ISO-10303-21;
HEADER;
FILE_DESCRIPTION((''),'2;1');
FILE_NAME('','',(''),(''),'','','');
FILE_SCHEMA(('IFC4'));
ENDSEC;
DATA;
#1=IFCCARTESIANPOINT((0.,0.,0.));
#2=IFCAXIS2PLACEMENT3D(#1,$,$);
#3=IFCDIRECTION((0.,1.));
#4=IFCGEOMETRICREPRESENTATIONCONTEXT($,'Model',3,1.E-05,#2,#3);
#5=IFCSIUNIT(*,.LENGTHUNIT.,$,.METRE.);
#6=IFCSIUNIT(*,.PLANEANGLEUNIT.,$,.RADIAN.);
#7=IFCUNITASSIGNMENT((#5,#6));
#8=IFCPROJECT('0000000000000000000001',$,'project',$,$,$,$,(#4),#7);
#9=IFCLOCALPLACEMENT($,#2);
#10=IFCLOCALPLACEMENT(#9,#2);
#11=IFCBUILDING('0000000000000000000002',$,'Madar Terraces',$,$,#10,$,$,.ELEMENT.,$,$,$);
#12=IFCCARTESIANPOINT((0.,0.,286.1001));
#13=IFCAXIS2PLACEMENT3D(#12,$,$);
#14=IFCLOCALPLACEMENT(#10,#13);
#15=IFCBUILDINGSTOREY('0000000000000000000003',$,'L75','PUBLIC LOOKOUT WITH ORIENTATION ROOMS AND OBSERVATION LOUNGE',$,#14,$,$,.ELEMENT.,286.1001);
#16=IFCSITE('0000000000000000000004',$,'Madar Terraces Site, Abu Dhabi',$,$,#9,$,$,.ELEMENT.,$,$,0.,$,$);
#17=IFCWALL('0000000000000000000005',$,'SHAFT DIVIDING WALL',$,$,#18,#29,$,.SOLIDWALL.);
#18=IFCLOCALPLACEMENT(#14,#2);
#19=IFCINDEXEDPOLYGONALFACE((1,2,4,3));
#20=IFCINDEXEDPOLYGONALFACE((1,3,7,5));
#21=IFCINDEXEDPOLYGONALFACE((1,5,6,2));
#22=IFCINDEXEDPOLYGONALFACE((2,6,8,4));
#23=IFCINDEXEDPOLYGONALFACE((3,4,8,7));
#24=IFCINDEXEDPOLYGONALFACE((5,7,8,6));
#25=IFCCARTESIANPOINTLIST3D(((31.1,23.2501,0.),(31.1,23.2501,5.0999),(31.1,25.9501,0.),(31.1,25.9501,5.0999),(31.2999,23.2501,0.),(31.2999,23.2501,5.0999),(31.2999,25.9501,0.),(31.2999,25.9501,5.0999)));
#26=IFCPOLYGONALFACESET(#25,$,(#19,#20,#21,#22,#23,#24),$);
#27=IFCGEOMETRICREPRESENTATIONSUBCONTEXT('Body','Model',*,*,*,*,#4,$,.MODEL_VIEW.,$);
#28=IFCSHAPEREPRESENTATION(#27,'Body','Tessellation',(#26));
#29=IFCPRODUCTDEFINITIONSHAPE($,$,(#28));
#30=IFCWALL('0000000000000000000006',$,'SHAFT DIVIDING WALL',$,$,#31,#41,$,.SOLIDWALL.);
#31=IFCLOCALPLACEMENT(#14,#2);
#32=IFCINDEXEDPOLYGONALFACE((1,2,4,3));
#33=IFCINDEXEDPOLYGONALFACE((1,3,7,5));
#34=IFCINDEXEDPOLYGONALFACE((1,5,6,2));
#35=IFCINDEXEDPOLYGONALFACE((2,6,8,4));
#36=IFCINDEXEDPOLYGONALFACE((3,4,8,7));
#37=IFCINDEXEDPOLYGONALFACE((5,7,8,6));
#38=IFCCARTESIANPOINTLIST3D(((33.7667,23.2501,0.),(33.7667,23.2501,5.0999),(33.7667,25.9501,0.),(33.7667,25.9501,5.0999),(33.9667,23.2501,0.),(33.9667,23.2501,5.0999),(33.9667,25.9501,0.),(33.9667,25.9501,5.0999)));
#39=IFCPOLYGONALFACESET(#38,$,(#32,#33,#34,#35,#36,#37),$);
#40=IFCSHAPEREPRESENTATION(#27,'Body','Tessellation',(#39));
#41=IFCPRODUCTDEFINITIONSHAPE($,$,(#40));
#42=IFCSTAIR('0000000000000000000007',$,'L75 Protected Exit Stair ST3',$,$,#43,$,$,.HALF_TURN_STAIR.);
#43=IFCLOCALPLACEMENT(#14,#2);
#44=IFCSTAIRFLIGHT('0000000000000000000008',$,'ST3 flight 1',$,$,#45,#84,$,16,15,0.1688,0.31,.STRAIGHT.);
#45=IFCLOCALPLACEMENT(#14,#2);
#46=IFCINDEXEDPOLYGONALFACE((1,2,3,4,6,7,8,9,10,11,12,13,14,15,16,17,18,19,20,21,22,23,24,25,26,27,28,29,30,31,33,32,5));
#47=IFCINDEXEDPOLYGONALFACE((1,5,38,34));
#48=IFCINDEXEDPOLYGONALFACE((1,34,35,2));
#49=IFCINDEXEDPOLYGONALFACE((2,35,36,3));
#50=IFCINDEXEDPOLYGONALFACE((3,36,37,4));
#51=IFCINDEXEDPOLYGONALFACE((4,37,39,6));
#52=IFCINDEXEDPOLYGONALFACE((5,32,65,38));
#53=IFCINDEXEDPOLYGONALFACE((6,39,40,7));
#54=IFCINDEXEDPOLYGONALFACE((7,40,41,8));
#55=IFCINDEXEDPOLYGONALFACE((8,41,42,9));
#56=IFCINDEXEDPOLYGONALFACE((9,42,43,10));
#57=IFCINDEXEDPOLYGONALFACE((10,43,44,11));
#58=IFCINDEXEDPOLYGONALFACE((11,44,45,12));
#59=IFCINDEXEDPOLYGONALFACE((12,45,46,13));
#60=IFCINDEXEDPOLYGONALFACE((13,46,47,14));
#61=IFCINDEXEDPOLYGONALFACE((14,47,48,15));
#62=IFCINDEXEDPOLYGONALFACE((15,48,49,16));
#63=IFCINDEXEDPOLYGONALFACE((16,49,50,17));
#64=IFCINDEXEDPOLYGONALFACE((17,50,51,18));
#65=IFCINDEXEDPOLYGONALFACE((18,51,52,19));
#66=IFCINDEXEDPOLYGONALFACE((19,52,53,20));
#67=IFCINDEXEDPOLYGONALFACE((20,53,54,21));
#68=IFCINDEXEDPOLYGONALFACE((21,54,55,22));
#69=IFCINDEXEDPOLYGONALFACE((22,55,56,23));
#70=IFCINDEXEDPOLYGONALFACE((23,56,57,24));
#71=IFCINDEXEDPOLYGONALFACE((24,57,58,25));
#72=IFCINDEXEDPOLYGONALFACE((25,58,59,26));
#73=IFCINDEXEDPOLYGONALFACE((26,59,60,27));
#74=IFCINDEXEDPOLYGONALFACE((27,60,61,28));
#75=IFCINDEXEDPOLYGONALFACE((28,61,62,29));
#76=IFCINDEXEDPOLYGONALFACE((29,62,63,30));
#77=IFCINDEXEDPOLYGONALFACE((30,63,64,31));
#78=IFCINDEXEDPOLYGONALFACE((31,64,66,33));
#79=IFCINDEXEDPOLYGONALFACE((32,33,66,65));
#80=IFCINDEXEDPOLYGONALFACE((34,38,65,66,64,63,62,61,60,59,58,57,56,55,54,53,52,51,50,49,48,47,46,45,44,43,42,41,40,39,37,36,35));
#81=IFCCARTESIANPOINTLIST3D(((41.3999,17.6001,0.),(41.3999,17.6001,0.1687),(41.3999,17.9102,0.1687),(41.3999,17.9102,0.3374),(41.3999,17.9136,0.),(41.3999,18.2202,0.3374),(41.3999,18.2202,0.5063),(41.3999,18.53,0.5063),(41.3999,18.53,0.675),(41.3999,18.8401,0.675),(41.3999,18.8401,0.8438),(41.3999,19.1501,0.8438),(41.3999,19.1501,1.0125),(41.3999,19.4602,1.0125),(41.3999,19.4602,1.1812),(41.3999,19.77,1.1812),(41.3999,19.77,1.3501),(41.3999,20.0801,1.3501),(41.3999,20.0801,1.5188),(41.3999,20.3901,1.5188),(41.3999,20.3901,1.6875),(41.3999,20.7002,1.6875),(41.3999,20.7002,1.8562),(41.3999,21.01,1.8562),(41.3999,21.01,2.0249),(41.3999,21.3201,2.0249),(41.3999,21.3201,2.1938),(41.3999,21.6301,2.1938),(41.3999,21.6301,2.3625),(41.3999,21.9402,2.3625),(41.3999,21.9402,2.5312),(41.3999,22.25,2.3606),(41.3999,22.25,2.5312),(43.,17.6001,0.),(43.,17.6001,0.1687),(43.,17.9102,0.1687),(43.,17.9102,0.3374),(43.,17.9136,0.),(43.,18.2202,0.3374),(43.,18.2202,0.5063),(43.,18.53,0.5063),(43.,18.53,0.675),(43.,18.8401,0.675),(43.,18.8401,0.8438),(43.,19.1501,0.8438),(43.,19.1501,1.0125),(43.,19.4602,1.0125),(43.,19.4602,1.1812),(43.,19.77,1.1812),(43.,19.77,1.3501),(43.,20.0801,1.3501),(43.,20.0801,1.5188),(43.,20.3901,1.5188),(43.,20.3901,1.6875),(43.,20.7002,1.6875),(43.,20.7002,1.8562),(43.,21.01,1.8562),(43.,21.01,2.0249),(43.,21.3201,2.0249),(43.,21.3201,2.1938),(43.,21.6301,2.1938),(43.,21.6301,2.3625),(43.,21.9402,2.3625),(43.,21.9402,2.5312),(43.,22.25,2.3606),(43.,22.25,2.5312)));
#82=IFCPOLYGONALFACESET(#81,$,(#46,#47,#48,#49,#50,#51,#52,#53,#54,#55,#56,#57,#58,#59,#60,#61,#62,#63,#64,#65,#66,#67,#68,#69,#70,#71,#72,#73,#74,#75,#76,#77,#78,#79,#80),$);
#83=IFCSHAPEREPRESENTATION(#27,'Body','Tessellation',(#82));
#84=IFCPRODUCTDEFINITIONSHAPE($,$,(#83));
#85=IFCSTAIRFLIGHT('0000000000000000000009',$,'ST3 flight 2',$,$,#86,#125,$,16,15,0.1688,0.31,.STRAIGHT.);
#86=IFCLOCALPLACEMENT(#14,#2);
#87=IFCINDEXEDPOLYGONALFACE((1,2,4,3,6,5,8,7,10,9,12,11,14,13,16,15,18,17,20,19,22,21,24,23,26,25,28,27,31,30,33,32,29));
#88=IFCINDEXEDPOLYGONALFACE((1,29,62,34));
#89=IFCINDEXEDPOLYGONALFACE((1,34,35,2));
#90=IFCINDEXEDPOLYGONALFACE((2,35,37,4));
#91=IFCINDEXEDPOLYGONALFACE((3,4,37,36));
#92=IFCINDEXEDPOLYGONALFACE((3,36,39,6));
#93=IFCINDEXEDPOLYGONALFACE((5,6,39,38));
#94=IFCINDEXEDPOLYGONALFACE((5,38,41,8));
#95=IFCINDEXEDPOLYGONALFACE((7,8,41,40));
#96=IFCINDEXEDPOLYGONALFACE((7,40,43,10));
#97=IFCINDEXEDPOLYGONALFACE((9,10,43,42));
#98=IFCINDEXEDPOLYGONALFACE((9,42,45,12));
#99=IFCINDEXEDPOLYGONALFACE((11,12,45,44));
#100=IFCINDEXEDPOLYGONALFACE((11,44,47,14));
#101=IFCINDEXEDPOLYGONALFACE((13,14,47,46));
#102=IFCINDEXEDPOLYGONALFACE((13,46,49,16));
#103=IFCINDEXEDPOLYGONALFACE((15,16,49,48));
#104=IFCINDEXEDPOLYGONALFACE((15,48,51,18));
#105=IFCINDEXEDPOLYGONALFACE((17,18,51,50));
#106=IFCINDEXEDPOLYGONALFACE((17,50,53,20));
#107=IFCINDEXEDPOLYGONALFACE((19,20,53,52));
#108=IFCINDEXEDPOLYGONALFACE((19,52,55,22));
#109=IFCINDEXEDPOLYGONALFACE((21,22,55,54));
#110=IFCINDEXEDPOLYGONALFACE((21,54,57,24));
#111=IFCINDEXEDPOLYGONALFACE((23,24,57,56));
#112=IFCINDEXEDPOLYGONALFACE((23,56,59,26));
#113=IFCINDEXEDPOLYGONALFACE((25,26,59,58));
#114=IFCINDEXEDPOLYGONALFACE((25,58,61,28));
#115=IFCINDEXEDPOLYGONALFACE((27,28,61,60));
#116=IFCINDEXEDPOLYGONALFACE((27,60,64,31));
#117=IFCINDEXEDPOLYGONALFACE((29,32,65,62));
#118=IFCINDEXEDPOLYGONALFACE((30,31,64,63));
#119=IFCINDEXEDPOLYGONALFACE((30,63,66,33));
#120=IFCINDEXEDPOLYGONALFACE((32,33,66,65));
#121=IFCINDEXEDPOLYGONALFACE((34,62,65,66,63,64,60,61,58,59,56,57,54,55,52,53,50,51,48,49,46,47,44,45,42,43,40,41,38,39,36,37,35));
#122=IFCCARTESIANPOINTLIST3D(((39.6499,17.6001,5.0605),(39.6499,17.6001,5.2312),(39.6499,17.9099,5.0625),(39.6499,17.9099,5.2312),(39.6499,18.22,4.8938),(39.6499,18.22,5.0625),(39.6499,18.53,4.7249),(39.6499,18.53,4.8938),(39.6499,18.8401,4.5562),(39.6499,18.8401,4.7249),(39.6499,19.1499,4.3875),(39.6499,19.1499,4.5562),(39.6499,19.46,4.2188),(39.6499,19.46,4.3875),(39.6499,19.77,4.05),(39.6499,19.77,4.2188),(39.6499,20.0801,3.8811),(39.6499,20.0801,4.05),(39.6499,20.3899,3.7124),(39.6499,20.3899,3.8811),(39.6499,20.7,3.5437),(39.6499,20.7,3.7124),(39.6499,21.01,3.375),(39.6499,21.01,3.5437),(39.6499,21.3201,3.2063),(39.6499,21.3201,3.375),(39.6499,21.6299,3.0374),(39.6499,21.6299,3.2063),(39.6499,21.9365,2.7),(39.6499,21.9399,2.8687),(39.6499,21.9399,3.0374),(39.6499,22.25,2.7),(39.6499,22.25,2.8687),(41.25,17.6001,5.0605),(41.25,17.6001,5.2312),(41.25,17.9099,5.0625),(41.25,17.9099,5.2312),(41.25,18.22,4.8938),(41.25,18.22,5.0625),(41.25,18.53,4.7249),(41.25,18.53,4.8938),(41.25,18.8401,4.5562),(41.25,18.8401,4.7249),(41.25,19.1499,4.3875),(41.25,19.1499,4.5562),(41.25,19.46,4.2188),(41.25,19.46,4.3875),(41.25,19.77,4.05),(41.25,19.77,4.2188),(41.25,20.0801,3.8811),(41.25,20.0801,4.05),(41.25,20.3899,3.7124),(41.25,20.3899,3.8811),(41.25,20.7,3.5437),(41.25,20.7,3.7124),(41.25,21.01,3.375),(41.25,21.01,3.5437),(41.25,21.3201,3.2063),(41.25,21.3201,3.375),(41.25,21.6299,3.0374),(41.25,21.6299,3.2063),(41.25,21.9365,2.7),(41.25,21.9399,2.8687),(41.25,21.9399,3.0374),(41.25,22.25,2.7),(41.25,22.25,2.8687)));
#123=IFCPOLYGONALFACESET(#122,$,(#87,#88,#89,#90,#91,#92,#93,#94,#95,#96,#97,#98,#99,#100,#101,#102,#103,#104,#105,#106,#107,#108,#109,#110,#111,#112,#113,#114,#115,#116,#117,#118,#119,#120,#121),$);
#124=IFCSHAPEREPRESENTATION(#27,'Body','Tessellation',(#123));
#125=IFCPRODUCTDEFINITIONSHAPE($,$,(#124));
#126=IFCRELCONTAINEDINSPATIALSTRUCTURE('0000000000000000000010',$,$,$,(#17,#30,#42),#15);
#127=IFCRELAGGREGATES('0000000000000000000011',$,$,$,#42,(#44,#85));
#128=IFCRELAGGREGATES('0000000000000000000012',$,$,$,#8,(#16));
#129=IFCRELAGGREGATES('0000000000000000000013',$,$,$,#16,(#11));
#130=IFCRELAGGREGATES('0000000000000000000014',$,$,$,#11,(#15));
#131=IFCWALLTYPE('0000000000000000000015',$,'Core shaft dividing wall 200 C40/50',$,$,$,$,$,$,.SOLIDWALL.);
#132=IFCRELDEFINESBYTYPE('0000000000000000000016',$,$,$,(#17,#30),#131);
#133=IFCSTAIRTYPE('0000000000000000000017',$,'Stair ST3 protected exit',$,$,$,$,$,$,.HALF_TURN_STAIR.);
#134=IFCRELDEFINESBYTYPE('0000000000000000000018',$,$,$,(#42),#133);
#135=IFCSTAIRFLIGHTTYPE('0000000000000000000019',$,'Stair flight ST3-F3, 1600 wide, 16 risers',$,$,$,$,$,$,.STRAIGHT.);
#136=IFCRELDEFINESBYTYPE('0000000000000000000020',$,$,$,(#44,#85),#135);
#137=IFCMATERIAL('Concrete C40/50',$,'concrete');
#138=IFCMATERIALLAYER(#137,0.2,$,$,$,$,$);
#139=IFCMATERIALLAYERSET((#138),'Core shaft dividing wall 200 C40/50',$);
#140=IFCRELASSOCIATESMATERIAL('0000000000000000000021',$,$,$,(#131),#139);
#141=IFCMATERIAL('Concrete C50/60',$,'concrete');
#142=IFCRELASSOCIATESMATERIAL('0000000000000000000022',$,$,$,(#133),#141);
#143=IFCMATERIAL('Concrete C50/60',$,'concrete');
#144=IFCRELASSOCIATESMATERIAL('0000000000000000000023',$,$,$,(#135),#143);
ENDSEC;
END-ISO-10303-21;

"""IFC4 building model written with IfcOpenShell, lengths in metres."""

from ifc_helpers import new_model, si_unit, direction, frame, frame_2d, origin, place, context, subcontext, project, spatial, polyline, rectangle, outline, extrude, material, layer, layer_set, type_object, element, aggregate, save


model = new_model("IFC4")

# Units and contexts
model_context = context("Model", 3, precision=1e-05, world=origin(), true_north=direction((0.0, 1.0)))
body_context = subcontext(model_context, "Body", "Model", "MODEL_VIEW")
ifc_project = project(units=[si_unit("LENGTHUNIT", "METRE"), si_unit("PLANEANGLEUNIT", "RADIAN")], contexts=[model_context])

# Site, building, storey
site_placement = place(None, origin())
site = spatial("IfcSite", under=ifc_project, at=site_placement, Name="Madar Terraces Site, Abu Dhabi", CompositionType="ELEMENT", RefElevation=0.0)
building_placement = place(site_placement, origin())
building = spatial("IfcBuilding", under=site, at=building_placement, Name="Madar Terraces", CompositionType="ELEMENT")
storey_placement = place(building_placement, frame((0.0, 0.0, 286.1001)))
storey = spatial("IfcBuildingStorey", under=building, at=storey_placement, Name="L75", Description="PUBLIC LOOKOUT WITH ORIENTATION ROOMS AND OBSERVATION LOUNGE", CompositionType="ELEMENT", Elevation=286.1001)

# Walls
ifc_material_1 = material(Name="Concrete C40/50", Category="concrete")
ifc_layer_1 = layer(ifc_material_1, 0.2)
ifc_layer_set_1 = layer_set([ifc_layer_1], Name="Core shaft dividing wall 200 C40/50")
wall_type_1 = type_object("IfcWallType", Name="Core shaft dividing wall 200 C40/50", PredefinedType="SOLIDWALL", material=ifc_layer_set_1)
for number, where, z_axis, x_axis, name in (
    (1, (31.2, 23.25, 0.0), (0.0, 0.0, 1.0), (0.0, 1.0, 0.0), "SHAFT DIVIDING WALL"),
    (2, (33.8667, 23.25, 0.0), (0.0, 0.0, 1.0), (0.0, 1.0, 0.0), "SHAFT DIVIDING WALL"),
):
    element("IfcWall", number, at=place(storey_placement, frame(where, z_axis=z_axis, x_axis=x_axis)), inside=storey, type_object=wall_type_1, Name=name, PredefinedType="SOLIDWALL", context=body_context, shape_type="SweptSolid", body=[
        extrude(rectangle(XDim=2.7, YDim=0.2, at=frame_2d((1.3501, 0.0))), origin(), (0.0, 0.0, 1.0), 5.0999),
    ])

# Stair, stair flights
ifc_material_2 = material(Name="Concrete C50/60", Category="concrete")
stair_type = type_object("IfcStairType", Name="Stair ST3 protected exit", PredefinedType="HALF_TURN_STAIR", material=ifc_material_2)
stair_placement = place(storey_placement, origin())
stair = element("IfcStair", 3, at=stair_placement, inside=storey, type_object=stair_type, Name="L75 Protected Exit Stair ST3", PredefinedType="HALF_TURN_STAIR")
ifc_material_3 = material(Name="Concrete C50/60", Category="concrete")
stair_flight_type = type_object("IfcStairFlightType", Name="Stair flight ST3-F3, 1600 wide, 16 risers", PredefinedType="STRAIGHT", material=ifc_material_3)
stair_flight_1_placement = place(storey_placement, frame((42.2, 17.6001, 0.0), z_axis=(0.0, 0.0, 1.0), x_axis=(0.0, 1.0, 0.0)))
stair_flight_1 = element("IfcStairFlight", 4, at=stair_flight_1_placement, type_object=stair_flight_type, Name="ST3 flight 1", NumberOfRisers=16, NumberOfTreads=15, PredefinedType="STRAIGHT", RiserHeight=0.1688, TreadLength=0.31, context=body_context, shape_type="SweptSolid", body=[
    extrude(outline(polyline([(0.0, 0.0), (0.0, 0.1687), (0.3101, 0.1687), (0.3101, 0.3374), (0.6201, 0.3374), (0.6201, 0.5063), (0.9299, 0.5063), (0.9299, 0.675), (1.24, 0.675), (1.24, 0.8438), (1.55, 0.8438), (1.55, 1.0125), (1.8601, 1.0125), (1.8601, 1.1812), (2.1699, 1.1812), (2.1699, 1.3501), (2.48, 1.3501), (2.48, 1.5188), (2.79, 1.5188), (2.79, 1.6875), (3.1001, 1.6875), (3.1001, 1.8562), (3.4099, 1.8562), (3.4099, 2.0249), (3.72, 2.0249), (3.72, 2.1938), (4.03, 2.1938), (4.03, 2.3625), (4.3401, 2.3625), (4.3401, 2.5312), (4.6499, 2.5312), (4.6499, 2.7), (4.6499, 2.3606), (0.3135, 0.0), (0.0, 0.0)])), frame((0.0, 0.8, 0.0), z_axis=(0.0, -1.0, 0.0), x_axis=(1.0, 0.0, 0.0)), (0.0, 0.0, 1.0), 1.6001),
])
stair_flight_2_placement = place(storey_placement, frame((40.45, 22.25, 2.7), z_axis=(0.0, 0.0, 1.0), x_axis=(0.0, -1.0, 0.0)))
stair_flight_2 = element("IfcStairFlight", 5, at=stair_flight_2_placement, type_object=stair_flight_type, Name="ST3 flight 2", NumberOfRisers=16, NumberOfTreads=15, PredefinedType="STRAIGHT", RiserHeight=0.1688, TreadLength=0.31, context=body_context, shape_type="SweptSolid", body=[
    extrude(outline(polyline([(0.0, 0.0), (0.0, 0.1687), (0.3101, 0.1687), (0.3101, 0.3374), (0.6201, 0.3374), (0.6201, 0.5063), (0.9299, 0.5063), (0.9299, 0.675), (1.24, 0.675), (1.24, 0.8438), (1.55, 0.8438), (1.55, 1.0125), (1.8601, 1.0125), (1.8601, 1.1812), (2.1699, 1.1812), (2.1699, 1.3501), (2.48, 1.3501), (2.48, 1.5188), (2.79, 1.5188), (2.79, 1.6875), (3.1001, 1.6875), (3.1001, 1.8562), (3.4099, 1.8562), (3.4099, 2.0249), (3.72, 2.0249), (3.72, 2.1938), (4.03, 2.1938), (4.03, 2.3625), (4.3401, 2.3625), (4.3401, 2.5312), (4.6499, 2.5312), (4.6499, 2.7), (4.6499, 2.3606), (0.3135, 0.0), (0.0, 0.0)])), frame((0.0, 0.8, 0.0), z_axis=(0.0, -1.0, 0.0), x_axis=(1.0, 0.0, 0.0)), (0.0, 0.0, 1.0), 1.6001),
])
aggregate(stair, [stair_flight_1, stair_flight_2])

save(model, "model.ifc")
